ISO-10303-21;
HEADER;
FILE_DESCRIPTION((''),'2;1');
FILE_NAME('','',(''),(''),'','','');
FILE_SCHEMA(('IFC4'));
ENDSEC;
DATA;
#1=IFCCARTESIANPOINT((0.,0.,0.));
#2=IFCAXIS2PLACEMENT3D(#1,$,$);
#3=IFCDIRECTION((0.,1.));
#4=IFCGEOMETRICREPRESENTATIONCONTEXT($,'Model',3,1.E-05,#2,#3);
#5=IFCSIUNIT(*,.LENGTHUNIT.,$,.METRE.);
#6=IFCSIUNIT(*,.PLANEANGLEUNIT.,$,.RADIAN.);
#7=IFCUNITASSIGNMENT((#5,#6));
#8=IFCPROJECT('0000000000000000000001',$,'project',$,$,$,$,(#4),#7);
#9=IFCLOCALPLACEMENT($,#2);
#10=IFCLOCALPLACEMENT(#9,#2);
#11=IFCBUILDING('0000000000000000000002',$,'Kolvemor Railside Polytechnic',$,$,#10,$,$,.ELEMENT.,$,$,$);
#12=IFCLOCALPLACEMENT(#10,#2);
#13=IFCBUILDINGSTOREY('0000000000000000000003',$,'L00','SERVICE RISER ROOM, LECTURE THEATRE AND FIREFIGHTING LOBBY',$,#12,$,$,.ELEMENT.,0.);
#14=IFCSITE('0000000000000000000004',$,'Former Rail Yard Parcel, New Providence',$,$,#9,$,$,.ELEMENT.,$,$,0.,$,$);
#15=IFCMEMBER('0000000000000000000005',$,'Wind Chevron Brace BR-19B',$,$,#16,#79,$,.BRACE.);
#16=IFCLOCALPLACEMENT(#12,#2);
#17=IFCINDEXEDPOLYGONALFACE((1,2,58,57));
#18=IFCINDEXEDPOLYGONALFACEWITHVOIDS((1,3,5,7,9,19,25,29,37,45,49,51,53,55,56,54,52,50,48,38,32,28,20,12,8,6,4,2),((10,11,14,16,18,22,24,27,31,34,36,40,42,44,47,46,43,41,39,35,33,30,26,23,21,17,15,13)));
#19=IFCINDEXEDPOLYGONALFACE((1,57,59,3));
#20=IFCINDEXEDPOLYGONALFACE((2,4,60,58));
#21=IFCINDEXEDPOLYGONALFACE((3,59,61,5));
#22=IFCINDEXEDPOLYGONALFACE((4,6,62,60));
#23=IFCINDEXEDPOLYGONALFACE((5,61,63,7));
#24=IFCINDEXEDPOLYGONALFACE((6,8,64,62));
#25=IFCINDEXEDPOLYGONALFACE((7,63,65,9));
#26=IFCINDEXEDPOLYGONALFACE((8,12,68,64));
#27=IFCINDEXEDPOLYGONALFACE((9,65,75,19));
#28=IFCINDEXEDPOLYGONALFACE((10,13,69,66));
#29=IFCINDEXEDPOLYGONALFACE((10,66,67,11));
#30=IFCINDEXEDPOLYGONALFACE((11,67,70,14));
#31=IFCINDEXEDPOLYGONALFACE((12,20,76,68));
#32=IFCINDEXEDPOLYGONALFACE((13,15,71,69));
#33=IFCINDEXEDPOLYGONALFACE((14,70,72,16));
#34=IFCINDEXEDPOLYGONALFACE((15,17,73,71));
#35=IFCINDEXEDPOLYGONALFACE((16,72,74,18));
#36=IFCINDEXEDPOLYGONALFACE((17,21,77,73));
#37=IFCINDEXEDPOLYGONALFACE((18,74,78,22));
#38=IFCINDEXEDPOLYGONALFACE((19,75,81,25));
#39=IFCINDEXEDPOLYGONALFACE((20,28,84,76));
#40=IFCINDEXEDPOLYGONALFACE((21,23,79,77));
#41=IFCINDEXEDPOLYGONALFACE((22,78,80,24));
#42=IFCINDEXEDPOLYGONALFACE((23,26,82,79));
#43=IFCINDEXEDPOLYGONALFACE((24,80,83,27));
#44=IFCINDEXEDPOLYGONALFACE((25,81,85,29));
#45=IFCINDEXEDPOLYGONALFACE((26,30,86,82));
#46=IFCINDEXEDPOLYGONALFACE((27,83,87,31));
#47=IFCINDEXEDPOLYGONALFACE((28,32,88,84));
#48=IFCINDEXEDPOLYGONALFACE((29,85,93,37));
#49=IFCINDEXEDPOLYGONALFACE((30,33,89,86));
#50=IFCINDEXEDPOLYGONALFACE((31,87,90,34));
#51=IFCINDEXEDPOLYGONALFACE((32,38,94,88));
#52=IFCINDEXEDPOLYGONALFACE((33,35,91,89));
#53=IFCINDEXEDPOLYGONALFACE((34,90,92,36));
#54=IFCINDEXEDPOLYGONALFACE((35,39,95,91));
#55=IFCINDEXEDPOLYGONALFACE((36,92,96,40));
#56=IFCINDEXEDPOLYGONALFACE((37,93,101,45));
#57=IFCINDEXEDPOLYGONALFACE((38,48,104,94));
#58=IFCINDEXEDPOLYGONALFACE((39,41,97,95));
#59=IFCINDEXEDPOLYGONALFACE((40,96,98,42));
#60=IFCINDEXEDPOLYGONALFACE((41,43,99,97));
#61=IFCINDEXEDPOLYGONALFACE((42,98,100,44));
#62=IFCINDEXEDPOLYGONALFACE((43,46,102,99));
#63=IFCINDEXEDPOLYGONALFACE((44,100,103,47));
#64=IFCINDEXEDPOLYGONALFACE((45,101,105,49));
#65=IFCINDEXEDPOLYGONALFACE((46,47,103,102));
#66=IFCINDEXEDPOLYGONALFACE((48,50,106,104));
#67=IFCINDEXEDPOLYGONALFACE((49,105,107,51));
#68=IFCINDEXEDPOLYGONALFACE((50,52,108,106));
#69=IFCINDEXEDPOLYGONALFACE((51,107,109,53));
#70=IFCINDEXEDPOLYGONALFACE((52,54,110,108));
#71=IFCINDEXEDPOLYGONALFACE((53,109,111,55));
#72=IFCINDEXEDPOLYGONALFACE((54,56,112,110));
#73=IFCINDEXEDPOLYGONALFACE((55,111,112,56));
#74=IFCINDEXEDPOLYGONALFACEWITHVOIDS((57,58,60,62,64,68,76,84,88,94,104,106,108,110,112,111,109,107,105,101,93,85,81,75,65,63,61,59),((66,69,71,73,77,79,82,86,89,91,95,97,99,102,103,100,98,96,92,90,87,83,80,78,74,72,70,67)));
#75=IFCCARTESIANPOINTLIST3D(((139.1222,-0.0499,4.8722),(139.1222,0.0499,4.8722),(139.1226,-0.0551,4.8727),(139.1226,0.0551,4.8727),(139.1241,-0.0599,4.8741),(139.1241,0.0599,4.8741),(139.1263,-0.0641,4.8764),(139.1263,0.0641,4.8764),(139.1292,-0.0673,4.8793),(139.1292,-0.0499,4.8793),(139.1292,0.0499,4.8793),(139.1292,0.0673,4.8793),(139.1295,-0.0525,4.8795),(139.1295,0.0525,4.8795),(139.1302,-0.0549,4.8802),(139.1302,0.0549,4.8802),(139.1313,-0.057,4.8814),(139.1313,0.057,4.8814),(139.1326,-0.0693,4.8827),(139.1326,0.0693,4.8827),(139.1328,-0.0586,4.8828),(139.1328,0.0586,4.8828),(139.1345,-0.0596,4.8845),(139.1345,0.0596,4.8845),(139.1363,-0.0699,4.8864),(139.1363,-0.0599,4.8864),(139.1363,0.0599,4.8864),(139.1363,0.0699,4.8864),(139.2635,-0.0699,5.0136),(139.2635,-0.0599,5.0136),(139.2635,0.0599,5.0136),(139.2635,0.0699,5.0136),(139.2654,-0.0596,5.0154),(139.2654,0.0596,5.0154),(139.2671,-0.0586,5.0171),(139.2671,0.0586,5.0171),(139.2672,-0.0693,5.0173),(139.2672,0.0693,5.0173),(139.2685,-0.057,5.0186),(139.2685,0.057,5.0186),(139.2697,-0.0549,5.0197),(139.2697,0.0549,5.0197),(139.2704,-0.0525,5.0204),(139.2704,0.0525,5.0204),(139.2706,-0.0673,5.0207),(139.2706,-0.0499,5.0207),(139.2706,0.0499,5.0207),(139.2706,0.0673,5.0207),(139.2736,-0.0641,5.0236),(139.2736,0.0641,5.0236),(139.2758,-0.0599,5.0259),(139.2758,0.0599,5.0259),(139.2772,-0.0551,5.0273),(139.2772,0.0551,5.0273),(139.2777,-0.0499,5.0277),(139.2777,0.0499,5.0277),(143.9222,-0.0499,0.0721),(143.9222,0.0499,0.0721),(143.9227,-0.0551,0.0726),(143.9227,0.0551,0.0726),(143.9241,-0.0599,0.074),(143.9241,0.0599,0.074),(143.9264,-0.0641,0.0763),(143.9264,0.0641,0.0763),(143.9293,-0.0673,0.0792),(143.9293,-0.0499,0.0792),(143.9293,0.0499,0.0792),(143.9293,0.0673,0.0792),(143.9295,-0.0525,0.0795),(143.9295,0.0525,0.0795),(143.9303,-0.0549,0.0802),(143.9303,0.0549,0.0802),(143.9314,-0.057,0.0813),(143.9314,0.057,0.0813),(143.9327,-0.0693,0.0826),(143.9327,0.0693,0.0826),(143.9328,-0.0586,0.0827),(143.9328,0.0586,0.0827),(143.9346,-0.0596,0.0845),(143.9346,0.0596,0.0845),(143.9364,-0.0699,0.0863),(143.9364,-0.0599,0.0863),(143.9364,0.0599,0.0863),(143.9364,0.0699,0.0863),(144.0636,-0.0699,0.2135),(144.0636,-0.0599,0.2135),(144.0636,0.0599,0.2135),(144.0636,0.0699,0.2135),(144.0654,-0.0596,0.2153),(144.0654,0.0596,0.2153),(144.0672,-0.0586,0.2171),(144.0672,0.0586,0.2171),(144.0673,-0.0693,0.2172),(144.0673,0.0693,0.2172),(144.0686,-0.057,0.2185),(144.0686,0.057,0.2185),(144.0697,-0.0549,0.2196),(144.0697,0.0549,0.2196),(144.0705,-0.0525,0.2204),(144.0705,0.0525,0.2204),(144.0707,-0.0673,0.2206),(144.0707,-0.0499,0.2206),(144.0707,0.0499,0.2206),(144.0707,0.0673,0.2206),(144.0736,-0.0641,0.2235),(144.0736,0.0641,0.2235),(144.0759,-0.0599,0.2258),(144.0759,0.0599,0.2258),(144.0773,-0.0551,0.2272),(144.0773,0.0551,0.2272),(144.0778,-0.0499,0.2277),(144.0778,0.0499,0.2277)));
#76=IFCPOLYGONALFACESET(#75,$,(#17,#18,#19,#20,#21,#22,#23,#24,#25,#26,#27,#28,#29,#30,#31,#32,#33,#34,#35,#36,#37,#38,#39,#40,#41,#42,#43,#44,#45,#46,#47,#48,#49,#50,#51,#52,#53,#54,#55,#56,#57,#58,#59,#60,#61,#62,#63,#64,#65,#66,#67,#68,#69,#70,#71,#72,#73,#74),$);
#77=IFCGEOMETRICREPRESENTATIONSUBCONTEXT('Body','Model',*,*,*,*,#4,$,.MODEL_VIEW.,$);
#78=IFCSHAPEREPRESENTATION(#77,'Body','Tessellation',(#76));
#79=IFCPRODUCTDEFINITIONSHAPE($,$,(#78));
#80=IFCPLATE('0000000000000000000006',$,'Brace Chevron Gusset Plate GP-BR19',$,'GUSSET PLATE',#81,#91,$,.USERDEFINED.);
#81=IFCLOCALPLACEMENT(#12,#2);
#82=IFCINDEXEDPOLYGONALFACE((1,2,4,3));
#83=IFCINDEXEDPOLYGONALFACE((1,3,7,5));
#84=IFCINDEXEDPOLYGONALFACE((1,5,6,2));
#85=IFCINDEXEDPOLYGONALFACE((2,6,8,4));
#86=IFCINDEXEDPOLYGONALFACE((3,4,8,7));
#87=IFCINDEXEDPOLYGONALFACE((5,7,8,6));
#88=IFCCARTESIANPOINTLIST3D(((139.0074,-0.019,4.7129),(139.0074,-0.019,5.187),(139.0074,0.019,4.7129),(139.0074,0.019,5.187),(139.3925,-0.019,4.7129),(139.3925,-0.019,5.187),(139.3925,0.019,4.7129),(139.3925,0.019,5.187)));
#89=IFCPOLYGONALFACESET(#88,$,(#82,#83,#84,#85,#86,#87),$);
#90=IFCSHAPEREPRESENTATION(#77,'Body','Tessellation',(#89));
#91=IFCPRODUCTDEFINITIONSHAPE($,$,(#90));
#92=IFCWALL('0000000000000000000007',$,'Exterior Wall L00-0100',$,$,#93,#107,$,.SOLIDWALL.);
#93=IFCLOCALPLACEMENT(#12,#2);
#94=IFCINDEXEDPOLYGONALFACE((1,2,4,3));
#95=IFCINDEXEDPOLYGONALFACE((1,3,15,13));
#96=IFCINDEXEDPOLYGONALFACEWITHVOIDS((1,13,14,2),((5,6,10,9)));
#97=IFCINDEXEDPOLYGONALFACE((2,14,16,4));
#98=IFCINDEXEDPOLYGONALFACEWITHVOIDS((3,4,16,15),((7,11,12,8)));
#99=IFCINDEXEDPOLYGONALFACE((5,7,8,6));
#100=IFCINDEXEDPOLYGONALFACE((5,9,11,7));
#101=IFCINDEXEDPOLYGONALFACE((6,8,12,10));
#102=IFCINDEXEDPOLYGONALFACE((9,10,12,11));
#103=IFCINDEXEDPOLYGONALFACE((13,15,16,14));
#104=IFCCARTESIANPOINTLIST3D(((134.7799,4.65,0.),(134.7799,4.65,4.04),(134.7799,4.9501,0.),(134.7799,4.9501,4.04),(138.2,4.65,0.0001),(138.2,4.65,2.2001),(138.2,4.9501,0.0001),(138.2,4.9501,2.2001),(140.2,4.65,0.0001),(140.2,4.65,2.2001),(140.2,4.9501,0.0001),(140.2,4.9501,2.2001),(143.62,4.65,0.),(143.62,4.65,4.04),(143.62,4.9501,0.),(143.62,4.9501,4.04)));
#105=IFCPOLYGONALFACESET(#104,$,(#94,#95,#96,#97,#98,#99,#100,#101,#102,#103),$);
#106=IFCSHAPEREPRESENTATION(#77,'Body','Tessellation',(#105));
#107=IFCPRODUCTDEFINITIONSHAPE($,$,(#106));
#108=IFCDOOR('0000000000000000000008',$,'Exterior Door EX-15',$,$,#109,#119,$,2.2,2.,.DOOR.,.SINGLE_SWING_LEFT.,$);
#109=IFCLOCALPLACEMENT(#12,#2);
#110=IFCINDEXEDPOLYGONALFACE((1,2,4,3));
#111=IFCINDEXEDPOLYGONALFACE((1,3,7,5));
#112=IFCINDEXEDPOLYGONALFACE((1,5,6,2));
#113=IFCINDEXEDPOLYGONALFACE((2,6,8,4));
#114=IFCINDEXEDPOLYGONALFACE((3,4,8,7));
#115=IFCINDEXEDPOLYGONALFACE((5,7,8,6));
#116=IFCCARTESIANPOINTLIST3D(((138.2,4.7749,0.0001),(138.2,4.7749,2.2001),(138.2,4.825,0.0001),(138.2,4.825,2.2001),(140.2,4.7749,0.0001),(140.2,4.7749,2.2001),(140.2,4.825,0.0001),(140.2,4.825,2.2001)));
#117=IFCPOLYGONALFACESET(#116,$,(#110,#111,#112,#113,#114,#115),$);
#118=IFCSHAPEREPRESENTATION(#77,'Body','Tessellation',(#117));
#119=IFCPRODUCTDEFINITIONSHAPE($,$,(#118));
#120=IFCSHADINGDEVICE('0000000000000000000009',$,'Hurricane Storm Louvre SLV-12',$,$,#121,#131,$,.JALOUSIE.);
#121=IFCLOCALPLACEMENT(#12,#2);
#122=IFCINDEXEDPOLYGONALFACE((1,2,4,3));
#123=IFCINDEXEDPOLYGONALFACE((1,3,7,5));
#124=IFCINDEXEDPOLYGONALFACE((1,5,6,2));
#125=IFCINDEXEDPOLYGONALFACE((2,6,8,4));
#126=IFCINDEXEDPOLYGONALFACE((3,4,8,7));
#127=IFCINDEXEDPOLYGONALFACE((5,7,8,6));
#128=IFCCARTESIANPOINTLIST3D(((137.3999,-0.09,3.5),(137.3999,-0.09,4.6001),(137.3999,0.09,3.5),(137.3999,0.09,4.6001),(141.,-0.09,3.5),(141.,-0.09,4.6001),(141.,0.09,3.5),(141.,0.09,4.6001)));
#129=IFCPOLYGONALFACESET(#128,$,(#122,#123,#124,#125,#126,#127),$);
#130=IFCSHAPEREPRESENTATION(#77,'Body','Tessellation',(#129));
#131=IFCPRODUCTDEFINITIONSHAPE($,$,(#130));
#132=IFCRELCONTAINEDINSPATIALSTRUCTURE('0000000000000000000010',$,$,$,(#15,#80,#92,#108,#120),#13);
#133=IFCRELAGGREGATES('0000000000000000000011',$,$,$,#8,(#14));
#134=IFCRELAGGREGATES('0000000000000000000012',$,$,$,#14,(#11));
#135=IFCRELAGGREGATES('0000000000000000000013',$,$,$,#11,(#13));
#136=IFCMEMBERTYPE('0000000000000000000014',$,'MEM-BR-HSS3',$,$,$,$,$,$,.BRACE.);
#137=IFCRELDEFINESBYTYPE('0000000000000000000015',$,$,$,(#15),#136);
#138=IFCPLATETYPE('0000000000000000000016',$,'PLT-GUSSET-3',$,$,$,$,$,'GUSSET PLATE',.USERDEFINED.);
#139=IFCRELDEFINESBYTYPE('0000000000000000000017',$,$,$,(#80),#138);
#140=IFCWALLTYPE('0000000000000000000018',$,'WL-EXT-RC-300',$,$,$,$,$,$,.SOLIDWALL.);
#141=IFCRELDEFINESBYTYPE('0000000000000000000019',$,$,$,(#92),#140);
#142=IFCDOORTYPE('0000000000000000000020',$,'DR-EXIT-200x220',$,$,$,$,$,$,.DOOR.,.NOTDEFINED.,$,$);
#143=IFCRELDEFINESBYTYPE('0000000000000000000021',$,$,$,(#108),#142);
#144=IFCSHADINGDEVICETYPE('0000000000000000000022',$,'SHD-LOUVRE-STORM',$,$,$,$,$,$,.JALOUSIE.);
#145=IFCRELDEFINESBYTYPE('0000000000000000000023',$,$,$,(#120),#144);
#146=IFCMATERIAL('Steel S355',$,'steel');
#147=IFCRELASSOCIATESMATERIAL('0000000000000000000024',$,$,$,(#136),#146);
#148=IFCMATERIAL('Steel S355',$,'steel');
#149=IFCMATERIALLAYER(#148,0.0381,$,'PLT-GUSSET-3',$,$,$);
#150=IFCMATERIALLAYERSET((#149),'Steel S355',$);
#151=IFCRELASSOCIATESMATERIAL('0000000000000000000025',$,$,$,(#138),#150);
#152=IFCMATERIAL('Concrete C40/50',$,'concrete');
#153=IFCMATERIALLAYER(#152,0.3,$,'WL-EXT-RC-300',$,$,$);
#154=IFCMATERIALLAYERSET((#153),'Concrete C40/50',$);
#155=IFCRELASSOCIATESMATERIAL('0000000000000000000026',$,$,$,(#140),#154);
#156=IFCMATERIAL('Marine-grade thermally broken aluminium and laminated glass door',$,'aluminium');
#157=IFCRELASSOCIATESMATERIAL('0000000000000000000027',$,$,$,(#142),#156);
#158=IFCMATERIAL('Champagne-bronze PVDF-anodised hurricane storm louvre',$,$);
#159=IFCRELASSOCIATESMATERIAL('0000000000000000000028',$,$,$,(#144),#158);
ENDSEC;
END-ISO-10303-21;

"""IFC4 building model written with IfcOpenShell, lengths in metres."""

from ifc_helpers import new_model, si_unit, direction, frame, frame_2d, origin, origin_2d, place, context, subcontext, project, spatial, rectangle, hollow_rectangle, extrude, material, layer, layer_set, material_profile, profile_set, type_object, element, fill, save


model = new_model("IFC4")

# Units and contexts
model_context = context("Model", 3, precision=1e-05, world=origin(), true_north=direction((0.0, 1.0)))
body_context = subcontext(model_context, "Body", "Model", "MODEL_VIEW")
ifc_project = project(units=[si_unit("LENGTHUNIT", "METRE"), si_unit("PLANEANGLEUNIT", "RADIAN")], contexts=[model_context])

# Site, building, storey
site_placement = place(None, origin())
site = spatial("IfcSite", under=ifc_project, at=site_placement, Name="Former Rail Yard Parcel, New Providence", CompositionType="ELEMENT", RefElevation=0.0)
building_placement = place(site_placement, origin())
building = spatial("IfcBuilding", under=site, at=building_placement, Name="Kolvemor Railside Polytechnic", CompositionType="ELEMENT")
storey_placement = place(building_placement, origin())
storey = spatial("IfcBuildingStorey", under=building, at=storey_placement, Name="L00", Description="SERVICE RISER ROOM, LECTURE THEATRE AND FIREFIGHTING LOBBY", CompositionType="ELEMENT", Elevation=0.0)

# Member
ifc_material_1 = material(Name="Steel S355", Category="steel")
ifc_material_profile_1 = material_profile(ifc_material_1, hollow_rectangle(XDim=0.1399, YDim=0.22, WallThickness=0.01, InnerFilletRadius=0.01, OuterFilletRadius=0.02, at=origin_2d()), Name="HSS220x140x10")
ifc_profile_set_1 = profile_set([ifc_material_profile_1], Name="Steel S355")
member_type = type_object("IfcMemberType", Name="MEM-BR-HSS3", PredefinedType="BRACE", material=ifc_profile_set_1)
member_placement = place(storey_placement, frame((144.0, 0.0, 0.1499), z_axis=(-0.707107, 0.0, 0.707107), x_axis=(0.0, -1.0, 0.0)))
element("IfcMember", 1, at=member_placement, inside=storey, type_object=member_type, Name="Wind Chevron Brace BR-19B", PredefinedType="BRACE", context=body_context, shape_type="SweptSolid", body=[
    extrude(hollow_rectangle(XDim=0.1399, YDim=0.22, WallThickness=0.01, InnerFilletRadius=0.01, OuterFilletRadius=0.02, at=origin_2d()), origin(), (0.0, 0.0, 1.0), 6.7883),
])

# Plate
ifc_material_2 = material(Name="Steel S355", Category="steel")
ifc_layer_1 = layer(ifc_material_2, 0.0381, Name="PLT-GUSSET-3")
ifc_layer_set_1 = layer_set([ifc_layer_1], Name="Steel S355")
plate_type = type_object("IfcPlateType", Name="PLT-GUSSET-3", ElementType="GUSSET PLATE", PredefinedType="USERDEFINED", material=ifc_layer_set_1)
plate_placement = place(storey_placement, frame((139.2, 0.0, 4.7129), z_axis=(0.0, 0.0, 1.0), x_axis=(1.0, 0.0, 0.0)))
element("IfcPlate", 2, at=plate_placement, inside=storey, type_object=plate_type, Name="Brace Chevron Gusset Plate GP-BR19", ObjectType="GUSSET PLATE", PredefinedType="USERDEFINED", context=body_context, shape_type="SweptSolid", body=[
    extrude(rectangle(XDim=0.385, YDim=0.0381, at=origin_2d()), origin(), (0.0, 0.0, 1.0), 0.4741),
])

# Wall, opening, door
ifc_material_3 = material(Name="Concrete C40/50", Category="concrete")
ifc_layer_2 = layer(ifc_material_3, 0.3, Name="WL-EXT-RC-300")
ifc_layer_set_2 = layer_set([ifc_layer_2], Name="Concrete C40/50")
wall_type = type_object("IfcWallType", Name="WL-EXT-RC-300", PredefinedType="SOLIDWALL", material=ifc_layer_set_2)
wall_placement = place(storey_placement, frame((134.78, 4.8, 0.0), z_axis=(0.0, 0.0, 1.0), x_axis=(1.0, 0.0, 0.0)))
wall = element("IfcWall", 3, at=wall_placement, inside=storey, type_object=wall_type, Name="Exterior Wall L00-0100", PredefinedType="SOLIDWALL", context=body_context, shape_type="SweptSolid", body=[
    extrude(rectangle(XDim=8.8401, YDim=0.3, at=frame_2d((4.4199, 0.0))), origin(), (0.0, 0.0, 1.0), 4.04),
])
opening_placement = place(wall_placement, frame((3.4199, 0.0, 0.0)))
opening = element("IfcOpeningElement", 4, at=opening_placement, cuts=wall, PredefinedType="OPENING", context=body_context, shape_type="SweptSolid", body=[
    extrude(rectangle(XDim=2.0, YDim=2.2, at=frame_2d((1.0, 1.1001))), frame((0.0, 0.1599, 0.0), z_axis=(0.0, -1.0, 0.0), x_axis=(1.0, 0.0, 0.0)), (0.0, 0.0, 1.0), 0.3201),
])
ifc_material_4 = material(Name="Marine-grade thermally broken aluminium and laminated glass door", Category="aluminium")
door_type = type_object("IfcDoorType", Name="DR-EXIT-200x220", OperationType="NOTDEFINED", PredefinedType="DOOR", material=ifc_material_4)
door_placement = place(opening_placement, origin())
door = element("IfcDoor", 5, at=door_placement, inside=storey, type_object=door_type, Name="Exterior Door EX-15", OperationType="SINGLE_SWING_LEFT", OverallHeight=2.2, OverallWidth=2.0, PredefinedType="DOOR", context=body_context, shape_type="SweptSolid", body=[
    extrude(rectangle(XDim=2.0, YDim=2.2, at=frame_2d((1.0, 1.1001))), frame((0.0, 0.0249, 0.0), z_axis=(0.0, -1.0, 0.0), x_axis=(1.0, 0.0, 0.0)), (0.0, 0.0, 1.0), 0.05),
])
fill(opening, door)

# Shading device
ifc_material_5 = material(Name="Champagne-bronze PVDF-anodised hurricane storm louvre")
shading_device_type = type_object("IfcShadingDeviceType", Name="SHD-LOUVRE-STORM", PredefinedType="JALOUSIE", material=ifc_material_5)
shading_device_placement = place(storey_placement, frame((139.2, 0.0, 3.5), z_axis=(0.0, 0.0, 1.0), x_axis=(1.0, 0.0, 0.0)))
element("IfcShadingDevice", 6, at=shading_device_placement, inside=storey, type_object=shading_device_type, Name="Hurricane Storm Louvre SLV-12", PredefinedType="JALOUSIE", context=body_context, shape_type="SweptSolid", body=[
    extrude(rectangle(XDim=3.6001, YDim=0.1799, at=origin_2d()), origin(), (0.0, 0.0, 1.0), 1.1001),
])

save(model, "model.ifc")
